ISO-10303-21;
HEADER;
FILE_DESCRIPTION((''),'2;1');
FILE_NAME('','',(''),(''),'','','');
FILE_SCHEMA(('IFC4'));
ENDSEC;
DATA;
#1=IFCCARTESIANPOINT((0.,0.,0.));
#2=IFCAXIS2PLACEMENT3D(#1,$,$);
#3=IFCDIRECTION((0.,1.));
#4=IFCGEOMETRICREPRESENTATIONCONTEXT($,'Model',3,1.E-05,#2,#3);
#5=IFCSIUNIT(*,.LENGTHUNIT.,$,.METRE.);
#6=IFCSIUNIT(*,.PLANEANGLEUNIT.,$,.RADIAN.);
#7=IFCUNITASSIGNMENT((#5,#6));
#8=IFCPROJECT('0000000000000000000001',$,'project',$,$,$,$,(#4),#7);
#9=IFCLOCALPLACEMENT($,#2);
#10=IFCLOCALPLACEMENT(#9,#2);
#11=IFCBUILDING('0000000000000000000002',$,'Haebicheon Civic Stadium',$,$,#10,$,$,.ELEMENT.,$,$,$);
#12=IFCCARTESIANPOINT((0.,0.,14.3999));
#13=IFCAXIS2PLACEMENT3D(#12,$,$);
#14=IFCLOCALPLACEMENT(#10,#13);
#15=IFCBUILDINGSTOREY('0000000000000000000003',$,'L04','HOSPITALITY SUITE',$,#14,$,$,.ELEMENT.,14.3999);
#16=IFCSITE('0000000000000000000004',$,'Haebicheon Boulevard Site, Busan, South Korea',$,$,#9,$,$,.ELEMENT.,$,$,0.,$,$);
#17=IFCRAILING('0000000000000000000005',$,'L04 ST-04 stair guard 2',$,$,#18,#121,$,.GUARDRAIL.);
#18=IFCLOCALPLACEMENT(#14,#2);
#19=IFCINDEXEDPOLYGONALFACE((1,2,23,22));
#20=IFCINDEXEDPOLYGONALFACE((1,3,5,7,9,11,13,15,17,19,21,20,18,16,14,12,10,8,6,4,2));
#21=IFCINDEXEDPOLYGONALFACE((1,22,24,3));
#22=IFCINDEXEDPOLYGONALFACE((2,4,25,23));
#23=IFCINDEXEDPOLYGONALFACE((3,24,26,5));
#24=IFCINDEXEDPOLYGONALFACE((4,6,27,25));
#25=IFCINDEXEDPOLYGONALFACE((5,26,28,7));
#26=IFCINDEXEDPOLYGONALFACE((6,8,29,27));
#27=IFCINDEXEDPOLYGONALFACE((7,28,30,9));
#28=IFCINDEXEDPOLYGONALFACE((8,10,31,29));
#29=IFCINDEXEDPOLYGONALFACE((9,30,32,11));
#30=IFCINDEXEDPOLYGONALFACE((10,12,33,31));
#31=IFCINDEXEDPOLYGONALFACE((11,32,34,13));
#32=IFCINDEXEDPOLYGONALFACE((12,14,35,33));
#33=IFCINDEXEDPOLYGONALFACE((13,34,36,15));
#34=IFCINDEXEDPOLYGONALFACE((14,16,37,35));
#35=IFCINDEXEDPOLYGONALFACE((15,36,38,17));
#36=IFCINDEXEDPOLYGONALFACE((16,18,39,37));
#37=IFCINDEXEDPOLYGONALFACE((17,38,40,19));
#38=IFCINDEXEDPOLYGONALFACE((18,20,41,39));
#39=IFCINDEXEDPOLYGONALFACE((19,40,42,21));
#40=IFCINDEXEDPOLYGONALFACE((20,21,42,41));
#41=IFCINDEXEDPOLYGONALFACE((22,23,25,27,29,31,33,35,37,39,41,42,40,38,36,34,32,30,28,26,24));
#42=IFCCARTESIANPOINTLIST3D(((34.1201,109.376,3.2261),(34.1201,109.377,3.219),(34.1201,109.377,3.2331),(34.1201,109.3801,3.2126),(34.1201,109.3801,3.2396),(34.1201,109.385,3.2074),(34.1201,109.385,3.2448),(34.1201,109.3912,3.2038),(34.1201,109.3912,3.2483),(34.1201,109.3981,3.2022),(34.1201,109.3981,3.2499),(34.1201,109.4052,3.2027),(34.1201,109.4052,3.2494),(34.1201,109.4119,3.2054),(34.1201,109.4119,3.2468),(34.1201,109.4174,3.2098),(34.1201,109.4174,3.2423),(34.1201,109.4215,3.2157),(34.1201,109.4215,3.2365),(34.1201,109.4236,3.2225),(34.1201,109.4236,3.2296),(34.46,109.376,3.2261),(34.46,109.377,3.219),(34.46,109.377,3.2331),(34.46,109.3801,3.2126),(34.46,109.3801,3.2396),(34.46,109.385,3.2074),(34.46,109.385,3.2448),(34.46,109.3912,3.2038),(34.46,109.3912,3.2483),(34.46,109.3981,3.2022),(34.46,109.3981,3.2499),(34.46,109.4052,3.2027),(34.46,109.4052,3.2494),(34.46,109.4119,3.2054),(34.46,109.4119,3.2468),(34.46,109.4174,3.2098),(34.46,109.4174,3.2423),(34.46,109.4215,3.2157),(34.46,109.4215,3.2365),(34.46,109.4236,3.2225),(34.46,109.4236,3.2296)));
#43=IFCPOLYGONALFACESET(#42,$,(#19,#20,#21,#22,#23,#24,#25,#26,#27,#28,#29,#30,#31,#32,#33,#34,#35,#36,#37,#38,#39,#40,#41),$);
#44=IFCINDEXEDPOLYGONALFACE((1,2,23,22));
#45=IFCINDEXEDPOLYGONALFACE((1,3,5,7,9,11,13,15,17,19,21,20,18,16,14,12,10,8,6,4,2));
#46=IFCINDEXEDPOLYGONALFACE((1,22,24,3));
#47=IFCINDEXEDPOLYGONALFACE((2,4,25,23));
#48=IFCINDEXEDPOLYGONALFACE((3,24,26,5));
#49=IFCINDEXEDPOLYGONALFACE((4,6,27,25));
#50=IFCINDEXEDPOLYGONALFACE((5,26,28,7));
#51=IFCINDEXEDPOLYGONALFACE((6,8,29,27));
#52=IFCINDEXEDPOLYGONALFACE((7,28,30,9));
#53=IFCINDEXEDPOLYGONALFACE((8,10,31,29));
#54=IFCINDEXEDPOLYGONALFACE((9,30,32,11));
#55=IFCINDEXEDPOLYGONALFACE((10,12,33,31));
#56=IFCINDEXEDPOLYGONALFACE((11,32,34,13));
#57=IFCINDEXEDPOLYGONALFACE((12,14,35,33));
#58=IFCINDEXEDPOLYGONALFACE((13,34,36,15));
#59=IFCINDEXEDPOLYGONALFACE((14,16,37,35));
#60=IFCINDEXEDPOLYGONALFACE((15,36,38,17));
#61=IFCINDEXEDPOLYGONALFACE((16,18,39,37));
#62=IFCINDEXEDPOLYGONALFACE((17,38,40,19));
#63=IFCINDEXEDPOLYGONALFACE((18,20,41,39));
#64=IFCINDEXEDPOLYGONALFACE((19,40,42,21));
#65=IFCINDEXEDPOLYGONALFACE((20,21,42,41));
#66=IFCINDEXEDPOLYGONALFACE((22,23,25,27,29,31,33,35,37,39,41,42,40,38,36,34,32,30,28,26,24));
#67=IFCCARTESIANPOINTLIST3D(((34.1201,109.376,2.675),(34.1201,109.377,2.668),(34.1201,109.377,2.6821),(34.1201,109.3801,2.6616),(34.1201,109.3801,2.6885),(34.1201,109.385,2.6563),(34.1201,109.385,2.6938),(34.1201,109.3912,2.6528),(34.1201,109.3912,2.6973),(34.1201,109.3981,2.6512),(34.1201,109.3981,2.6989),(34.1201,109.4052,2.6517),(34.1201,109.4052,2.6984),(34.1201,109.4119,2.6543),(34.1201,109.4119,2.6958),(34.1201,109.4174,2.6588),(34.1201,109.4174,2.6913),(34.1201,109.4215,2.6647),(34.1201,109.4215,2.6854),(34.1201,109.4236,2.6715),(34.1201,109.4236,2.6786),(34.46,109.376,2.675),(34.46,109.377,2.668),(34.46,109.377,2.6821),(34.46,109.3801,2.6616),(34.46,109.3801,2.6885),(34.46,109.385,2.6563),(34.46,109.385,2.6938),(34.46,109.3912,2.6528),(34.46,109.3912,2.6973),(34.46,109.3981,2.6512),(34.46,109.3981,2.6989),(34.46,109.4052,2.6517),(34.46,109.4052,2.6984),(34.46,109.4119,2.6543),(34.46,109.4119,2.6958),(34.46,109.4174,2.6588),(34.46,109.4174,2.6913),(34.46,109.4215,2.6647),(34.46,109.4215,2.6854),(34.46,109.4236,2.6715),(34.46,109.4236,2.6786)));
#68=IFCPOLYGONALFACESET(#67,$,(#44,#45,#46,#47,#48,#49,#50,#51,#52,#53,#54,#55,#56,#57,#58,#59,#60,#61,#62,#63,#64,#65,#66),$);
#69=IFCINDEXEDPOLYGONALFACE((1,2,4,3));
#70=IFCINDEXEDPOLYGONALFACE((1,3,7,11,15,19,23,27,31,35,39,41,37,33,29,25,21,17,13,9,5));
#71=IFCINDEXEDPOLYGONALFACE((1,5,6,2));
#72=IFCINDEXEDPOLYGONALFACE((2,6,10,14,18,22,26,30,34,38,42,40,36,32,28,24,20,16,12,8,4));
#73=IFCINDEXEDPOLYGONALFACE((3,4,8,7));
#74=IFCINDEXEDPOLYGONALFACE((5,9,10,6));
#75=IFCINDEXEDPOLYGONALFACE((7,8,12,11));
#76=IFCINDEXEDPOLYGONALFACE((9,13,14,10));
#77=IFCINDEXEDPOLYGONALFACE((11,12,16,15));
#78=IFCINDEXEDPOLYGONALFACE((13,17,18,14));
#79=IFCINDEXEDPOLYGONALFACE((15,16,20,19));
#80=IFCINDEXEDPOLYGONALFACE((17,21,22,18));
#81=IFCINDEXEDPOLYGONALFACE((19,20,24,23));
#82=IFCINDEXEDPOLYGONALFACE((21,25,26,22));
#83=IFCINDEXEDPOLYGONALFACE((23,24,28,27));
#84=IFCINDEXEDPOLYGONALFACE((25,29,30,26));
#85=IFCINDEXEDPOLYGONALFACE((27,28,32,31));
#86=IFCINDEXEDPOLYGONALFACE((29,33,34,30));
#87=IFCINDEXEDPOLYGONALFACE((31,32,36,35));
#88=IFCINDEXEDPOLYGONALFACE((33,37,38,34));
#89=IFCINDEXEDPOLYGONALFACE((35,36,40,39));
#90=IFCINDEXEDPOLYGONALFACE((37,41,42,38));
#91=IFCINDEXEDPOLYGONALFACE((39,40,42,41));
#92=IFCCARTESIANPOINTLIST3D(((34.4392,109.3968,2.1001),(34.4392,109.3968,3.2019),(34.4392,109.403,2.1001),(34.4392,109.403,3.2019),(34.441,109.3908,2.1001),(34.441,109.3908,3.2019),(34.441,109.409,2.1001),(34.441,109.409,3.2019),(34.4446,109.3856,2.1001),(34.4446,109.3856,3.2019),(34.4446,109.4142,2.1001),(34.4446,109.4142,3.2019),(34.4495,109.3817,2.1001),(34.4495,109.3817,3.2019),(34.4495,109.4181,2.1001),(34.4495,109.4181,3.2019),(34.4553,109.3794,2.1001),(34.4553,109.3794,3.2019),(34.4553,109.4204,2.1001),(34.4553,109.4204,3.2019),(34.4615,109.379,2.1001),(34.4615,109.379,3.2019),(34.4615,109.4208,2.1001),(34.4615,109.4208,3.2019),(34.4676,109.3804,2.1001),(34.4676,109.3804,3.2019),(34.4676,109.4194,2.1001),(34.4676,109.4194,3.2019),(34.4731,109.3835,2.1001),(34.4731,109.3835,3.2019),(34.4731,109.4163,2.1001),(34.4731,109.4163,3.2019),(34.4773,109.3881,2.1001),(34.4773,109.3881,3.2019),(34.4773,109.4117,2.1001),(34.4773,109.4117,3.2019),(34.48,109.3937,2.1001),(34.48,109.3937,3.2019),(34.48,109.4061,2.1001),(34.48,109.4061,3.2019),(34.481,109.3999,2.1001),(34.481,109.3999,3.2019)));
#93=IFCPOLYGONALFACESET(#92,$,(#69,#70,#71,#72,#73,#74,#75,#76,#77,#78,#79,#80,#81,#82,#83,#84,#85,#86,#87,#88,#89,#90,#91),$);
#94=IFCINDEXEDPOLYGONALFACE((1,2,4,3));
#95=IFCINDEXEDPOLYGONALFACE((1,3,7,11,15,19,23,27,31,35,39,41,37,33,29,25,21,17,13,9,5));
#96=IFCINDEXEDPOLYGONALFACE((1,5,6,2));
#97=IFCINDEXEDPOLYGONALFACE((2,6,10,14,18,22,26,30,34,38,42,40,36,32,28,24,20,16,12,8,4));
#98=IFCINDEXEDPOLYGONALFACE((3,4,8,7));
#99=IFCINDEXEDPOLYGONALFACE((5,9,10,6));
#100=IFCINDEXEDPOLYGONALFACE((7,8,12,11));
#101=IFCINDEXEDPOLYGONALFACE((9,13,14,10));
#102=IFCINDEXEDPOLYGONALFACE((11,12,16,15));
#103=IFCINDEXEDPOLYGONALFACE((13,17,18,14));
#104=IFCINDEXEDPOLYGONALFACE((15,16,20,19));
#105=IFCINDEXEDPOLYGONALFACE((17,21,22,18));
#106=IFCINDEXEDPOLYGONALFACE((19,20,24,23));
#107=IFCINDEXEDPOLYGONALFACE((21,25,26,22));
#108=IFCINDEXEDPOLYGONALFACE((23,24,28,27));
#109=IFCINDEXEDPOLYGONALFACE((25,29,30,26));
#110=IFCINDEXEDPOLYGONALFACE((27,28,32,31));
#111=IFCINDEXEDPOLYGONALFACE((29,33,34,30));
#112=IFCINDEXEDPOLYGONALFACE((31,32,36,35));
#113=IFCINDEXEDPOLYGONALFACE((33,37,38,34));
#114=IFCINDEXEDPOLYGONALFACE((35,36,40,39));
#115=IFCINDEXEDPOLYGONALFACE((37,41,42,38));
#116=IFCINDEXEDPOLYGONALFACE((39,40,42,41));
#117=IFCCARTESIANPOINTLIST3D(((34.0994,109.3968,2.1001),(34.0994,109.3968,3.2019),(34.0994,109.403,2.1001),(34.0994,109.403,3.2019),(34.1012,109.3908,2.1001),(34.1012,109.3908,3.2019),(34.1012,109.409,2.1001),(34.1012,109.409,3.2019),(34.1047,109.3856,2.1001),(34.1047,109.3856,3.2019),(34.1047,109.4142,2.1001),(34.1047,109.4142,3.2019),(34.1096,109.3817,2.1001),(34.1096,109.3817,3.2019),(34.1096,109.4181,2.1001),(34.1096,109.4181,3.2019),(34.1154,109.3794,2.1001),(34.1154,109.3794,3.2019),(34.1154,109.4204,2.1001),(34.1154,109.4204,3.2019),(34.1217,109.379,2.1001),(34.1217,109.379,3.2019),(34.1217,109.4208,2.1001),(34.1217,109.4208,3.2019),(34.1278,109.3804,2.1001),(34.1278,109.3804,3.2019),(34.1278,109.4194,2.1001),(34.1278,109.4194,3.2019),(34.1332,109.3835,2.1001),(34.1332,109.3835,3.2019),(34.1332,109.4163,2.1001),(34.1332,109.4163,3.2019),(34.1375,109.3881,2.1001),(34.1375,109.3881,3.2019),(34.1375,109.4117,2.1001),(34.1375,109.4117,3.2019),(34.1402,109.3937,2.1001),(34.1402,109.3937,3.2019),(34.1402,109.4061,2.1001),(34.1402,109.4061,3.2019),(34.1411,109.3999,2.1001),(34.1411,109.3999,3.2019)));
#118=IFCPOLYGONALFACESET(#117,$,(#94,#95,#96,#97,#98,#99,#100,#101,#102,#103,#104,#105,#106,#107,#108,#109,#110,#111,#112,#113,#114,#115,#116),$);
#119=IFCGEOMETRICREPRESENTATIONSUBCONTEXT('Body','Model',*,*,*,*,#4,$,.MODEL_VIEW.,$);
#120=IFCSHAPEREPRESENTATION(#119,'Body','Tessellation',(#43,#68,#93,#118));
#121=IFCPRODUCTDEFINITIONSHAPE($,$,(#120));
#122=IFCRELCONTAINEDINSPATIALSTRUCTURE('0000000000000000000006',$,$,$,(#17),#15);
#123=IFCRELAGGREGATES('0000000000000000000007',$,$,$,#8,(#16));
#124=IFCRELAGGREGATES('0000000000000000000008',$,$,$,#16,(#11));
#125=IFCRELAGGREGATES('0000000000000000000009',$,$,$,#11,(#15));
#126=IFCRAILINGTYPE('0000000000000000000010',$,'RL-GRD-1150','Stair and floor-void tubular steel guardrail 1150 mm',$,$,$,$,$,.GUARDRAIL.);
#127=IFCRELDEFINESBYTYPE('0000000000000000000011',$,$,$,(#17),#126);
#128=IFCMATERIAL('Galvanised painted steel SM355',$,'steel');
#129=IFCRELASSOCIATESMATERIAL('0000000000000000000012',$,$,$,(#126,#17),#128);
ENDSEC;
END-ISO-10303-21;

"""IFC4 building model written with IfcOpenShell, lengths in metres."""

from ifc_helpers import new_model, si_unit, direction, frame, origin, origin_2d, place, context, subcontext, project, spatial, circle, extrude, material, type_object, element, save


model = new_model("IFC4")

# Units and contexts
model_context = context("Model", 3, precision=1e-05, world=origin(), true_north=direction((0.0, 1.0)))
body_context = subcontext(model_context, "Body", "Model", "MODEL_VIEW")
ifc_project = project(units=[si_unit("LENGTHUNIT", "METRE"), si_unit("PLANEANGLEUNIT", "RADIAN")], contexts=[model_context])

# Site, building, storey
site_placement = place(None, origin())
site = spatial("IfcSite", under=ifc_project, at=site_placement, Name="Haebicheon Boulevard Site, Busan, South Korea", CompositionType="ELEMENT", RefElevation=0.0)
building_placement = place(site_placement, origin())
building = spatial("IfcBuilding", under=site, at=building_placement, Name="Haebicheon Civic Stadium", CompositionType="ELEMENT")
storey_placement = place(building_placement, frame((0.0, 0.0, 14.3999)))
storey = spatial("IfcBuildingStorey", under=building, at=storey_placement, Name="L04", Description="HOSPITALITY SUITE", CompositionType="ELEMENT", Elevation=14.3999)

# Railing
ifc_material_1 = material(Name="Galvanised painted steel SM355", Category="steel")
railing_type_1 = type_object("IfcRailingType", Name="RL-GRD-1150", Description="Stair and floor-void tubular steel guardrail 1150 mm", PredefinedType="GUARDRAIL", material=ifc_material_1)
railing_1_placement = place(storey_placement, frame((34.46, 109.3999, 2.1001)))
element("IfcRailing", 1, at=railing_1_placement, inside=storey, type_object=railing_type_1, material=ifc_material_1, Name="L04 ST-04 stair guard 2", PredefinedType="GUARDRAIL", context=body_context, shape_type="SweptSolid", body=[
    extrude(circle(Radius=0.0239, at=origin_2d()), frame((0.0, 0.0, 1.126), z_axis=(-1.0, 0.0, 0.0), x_axis=(0.0, -1.0, 0.0)), (0.0, 0.0, 1.0), 0.3398),
    extrude(circle(Radius=0.0239, at=origin_2d()), frame((0.0, 0.0, 0.575), z_axis=(-1.0, 0.0, 0.0), x_axis=(0.0, -1.0, 0.0)), (0.0, 0.0, 1.0), 0.3398),
    extrude(circle(Radius=0.021, at=origin_2d()), origin(), (0.0, 0.0, 1.0), 1.1018),
    extrude(circle(Radius=0.021, at=origin_2d()), frame((-0.3398, 0.0, 0.0)), (0.0, 0.0, 1.0), 1.1018),
])

save(model, "model.ifc")
